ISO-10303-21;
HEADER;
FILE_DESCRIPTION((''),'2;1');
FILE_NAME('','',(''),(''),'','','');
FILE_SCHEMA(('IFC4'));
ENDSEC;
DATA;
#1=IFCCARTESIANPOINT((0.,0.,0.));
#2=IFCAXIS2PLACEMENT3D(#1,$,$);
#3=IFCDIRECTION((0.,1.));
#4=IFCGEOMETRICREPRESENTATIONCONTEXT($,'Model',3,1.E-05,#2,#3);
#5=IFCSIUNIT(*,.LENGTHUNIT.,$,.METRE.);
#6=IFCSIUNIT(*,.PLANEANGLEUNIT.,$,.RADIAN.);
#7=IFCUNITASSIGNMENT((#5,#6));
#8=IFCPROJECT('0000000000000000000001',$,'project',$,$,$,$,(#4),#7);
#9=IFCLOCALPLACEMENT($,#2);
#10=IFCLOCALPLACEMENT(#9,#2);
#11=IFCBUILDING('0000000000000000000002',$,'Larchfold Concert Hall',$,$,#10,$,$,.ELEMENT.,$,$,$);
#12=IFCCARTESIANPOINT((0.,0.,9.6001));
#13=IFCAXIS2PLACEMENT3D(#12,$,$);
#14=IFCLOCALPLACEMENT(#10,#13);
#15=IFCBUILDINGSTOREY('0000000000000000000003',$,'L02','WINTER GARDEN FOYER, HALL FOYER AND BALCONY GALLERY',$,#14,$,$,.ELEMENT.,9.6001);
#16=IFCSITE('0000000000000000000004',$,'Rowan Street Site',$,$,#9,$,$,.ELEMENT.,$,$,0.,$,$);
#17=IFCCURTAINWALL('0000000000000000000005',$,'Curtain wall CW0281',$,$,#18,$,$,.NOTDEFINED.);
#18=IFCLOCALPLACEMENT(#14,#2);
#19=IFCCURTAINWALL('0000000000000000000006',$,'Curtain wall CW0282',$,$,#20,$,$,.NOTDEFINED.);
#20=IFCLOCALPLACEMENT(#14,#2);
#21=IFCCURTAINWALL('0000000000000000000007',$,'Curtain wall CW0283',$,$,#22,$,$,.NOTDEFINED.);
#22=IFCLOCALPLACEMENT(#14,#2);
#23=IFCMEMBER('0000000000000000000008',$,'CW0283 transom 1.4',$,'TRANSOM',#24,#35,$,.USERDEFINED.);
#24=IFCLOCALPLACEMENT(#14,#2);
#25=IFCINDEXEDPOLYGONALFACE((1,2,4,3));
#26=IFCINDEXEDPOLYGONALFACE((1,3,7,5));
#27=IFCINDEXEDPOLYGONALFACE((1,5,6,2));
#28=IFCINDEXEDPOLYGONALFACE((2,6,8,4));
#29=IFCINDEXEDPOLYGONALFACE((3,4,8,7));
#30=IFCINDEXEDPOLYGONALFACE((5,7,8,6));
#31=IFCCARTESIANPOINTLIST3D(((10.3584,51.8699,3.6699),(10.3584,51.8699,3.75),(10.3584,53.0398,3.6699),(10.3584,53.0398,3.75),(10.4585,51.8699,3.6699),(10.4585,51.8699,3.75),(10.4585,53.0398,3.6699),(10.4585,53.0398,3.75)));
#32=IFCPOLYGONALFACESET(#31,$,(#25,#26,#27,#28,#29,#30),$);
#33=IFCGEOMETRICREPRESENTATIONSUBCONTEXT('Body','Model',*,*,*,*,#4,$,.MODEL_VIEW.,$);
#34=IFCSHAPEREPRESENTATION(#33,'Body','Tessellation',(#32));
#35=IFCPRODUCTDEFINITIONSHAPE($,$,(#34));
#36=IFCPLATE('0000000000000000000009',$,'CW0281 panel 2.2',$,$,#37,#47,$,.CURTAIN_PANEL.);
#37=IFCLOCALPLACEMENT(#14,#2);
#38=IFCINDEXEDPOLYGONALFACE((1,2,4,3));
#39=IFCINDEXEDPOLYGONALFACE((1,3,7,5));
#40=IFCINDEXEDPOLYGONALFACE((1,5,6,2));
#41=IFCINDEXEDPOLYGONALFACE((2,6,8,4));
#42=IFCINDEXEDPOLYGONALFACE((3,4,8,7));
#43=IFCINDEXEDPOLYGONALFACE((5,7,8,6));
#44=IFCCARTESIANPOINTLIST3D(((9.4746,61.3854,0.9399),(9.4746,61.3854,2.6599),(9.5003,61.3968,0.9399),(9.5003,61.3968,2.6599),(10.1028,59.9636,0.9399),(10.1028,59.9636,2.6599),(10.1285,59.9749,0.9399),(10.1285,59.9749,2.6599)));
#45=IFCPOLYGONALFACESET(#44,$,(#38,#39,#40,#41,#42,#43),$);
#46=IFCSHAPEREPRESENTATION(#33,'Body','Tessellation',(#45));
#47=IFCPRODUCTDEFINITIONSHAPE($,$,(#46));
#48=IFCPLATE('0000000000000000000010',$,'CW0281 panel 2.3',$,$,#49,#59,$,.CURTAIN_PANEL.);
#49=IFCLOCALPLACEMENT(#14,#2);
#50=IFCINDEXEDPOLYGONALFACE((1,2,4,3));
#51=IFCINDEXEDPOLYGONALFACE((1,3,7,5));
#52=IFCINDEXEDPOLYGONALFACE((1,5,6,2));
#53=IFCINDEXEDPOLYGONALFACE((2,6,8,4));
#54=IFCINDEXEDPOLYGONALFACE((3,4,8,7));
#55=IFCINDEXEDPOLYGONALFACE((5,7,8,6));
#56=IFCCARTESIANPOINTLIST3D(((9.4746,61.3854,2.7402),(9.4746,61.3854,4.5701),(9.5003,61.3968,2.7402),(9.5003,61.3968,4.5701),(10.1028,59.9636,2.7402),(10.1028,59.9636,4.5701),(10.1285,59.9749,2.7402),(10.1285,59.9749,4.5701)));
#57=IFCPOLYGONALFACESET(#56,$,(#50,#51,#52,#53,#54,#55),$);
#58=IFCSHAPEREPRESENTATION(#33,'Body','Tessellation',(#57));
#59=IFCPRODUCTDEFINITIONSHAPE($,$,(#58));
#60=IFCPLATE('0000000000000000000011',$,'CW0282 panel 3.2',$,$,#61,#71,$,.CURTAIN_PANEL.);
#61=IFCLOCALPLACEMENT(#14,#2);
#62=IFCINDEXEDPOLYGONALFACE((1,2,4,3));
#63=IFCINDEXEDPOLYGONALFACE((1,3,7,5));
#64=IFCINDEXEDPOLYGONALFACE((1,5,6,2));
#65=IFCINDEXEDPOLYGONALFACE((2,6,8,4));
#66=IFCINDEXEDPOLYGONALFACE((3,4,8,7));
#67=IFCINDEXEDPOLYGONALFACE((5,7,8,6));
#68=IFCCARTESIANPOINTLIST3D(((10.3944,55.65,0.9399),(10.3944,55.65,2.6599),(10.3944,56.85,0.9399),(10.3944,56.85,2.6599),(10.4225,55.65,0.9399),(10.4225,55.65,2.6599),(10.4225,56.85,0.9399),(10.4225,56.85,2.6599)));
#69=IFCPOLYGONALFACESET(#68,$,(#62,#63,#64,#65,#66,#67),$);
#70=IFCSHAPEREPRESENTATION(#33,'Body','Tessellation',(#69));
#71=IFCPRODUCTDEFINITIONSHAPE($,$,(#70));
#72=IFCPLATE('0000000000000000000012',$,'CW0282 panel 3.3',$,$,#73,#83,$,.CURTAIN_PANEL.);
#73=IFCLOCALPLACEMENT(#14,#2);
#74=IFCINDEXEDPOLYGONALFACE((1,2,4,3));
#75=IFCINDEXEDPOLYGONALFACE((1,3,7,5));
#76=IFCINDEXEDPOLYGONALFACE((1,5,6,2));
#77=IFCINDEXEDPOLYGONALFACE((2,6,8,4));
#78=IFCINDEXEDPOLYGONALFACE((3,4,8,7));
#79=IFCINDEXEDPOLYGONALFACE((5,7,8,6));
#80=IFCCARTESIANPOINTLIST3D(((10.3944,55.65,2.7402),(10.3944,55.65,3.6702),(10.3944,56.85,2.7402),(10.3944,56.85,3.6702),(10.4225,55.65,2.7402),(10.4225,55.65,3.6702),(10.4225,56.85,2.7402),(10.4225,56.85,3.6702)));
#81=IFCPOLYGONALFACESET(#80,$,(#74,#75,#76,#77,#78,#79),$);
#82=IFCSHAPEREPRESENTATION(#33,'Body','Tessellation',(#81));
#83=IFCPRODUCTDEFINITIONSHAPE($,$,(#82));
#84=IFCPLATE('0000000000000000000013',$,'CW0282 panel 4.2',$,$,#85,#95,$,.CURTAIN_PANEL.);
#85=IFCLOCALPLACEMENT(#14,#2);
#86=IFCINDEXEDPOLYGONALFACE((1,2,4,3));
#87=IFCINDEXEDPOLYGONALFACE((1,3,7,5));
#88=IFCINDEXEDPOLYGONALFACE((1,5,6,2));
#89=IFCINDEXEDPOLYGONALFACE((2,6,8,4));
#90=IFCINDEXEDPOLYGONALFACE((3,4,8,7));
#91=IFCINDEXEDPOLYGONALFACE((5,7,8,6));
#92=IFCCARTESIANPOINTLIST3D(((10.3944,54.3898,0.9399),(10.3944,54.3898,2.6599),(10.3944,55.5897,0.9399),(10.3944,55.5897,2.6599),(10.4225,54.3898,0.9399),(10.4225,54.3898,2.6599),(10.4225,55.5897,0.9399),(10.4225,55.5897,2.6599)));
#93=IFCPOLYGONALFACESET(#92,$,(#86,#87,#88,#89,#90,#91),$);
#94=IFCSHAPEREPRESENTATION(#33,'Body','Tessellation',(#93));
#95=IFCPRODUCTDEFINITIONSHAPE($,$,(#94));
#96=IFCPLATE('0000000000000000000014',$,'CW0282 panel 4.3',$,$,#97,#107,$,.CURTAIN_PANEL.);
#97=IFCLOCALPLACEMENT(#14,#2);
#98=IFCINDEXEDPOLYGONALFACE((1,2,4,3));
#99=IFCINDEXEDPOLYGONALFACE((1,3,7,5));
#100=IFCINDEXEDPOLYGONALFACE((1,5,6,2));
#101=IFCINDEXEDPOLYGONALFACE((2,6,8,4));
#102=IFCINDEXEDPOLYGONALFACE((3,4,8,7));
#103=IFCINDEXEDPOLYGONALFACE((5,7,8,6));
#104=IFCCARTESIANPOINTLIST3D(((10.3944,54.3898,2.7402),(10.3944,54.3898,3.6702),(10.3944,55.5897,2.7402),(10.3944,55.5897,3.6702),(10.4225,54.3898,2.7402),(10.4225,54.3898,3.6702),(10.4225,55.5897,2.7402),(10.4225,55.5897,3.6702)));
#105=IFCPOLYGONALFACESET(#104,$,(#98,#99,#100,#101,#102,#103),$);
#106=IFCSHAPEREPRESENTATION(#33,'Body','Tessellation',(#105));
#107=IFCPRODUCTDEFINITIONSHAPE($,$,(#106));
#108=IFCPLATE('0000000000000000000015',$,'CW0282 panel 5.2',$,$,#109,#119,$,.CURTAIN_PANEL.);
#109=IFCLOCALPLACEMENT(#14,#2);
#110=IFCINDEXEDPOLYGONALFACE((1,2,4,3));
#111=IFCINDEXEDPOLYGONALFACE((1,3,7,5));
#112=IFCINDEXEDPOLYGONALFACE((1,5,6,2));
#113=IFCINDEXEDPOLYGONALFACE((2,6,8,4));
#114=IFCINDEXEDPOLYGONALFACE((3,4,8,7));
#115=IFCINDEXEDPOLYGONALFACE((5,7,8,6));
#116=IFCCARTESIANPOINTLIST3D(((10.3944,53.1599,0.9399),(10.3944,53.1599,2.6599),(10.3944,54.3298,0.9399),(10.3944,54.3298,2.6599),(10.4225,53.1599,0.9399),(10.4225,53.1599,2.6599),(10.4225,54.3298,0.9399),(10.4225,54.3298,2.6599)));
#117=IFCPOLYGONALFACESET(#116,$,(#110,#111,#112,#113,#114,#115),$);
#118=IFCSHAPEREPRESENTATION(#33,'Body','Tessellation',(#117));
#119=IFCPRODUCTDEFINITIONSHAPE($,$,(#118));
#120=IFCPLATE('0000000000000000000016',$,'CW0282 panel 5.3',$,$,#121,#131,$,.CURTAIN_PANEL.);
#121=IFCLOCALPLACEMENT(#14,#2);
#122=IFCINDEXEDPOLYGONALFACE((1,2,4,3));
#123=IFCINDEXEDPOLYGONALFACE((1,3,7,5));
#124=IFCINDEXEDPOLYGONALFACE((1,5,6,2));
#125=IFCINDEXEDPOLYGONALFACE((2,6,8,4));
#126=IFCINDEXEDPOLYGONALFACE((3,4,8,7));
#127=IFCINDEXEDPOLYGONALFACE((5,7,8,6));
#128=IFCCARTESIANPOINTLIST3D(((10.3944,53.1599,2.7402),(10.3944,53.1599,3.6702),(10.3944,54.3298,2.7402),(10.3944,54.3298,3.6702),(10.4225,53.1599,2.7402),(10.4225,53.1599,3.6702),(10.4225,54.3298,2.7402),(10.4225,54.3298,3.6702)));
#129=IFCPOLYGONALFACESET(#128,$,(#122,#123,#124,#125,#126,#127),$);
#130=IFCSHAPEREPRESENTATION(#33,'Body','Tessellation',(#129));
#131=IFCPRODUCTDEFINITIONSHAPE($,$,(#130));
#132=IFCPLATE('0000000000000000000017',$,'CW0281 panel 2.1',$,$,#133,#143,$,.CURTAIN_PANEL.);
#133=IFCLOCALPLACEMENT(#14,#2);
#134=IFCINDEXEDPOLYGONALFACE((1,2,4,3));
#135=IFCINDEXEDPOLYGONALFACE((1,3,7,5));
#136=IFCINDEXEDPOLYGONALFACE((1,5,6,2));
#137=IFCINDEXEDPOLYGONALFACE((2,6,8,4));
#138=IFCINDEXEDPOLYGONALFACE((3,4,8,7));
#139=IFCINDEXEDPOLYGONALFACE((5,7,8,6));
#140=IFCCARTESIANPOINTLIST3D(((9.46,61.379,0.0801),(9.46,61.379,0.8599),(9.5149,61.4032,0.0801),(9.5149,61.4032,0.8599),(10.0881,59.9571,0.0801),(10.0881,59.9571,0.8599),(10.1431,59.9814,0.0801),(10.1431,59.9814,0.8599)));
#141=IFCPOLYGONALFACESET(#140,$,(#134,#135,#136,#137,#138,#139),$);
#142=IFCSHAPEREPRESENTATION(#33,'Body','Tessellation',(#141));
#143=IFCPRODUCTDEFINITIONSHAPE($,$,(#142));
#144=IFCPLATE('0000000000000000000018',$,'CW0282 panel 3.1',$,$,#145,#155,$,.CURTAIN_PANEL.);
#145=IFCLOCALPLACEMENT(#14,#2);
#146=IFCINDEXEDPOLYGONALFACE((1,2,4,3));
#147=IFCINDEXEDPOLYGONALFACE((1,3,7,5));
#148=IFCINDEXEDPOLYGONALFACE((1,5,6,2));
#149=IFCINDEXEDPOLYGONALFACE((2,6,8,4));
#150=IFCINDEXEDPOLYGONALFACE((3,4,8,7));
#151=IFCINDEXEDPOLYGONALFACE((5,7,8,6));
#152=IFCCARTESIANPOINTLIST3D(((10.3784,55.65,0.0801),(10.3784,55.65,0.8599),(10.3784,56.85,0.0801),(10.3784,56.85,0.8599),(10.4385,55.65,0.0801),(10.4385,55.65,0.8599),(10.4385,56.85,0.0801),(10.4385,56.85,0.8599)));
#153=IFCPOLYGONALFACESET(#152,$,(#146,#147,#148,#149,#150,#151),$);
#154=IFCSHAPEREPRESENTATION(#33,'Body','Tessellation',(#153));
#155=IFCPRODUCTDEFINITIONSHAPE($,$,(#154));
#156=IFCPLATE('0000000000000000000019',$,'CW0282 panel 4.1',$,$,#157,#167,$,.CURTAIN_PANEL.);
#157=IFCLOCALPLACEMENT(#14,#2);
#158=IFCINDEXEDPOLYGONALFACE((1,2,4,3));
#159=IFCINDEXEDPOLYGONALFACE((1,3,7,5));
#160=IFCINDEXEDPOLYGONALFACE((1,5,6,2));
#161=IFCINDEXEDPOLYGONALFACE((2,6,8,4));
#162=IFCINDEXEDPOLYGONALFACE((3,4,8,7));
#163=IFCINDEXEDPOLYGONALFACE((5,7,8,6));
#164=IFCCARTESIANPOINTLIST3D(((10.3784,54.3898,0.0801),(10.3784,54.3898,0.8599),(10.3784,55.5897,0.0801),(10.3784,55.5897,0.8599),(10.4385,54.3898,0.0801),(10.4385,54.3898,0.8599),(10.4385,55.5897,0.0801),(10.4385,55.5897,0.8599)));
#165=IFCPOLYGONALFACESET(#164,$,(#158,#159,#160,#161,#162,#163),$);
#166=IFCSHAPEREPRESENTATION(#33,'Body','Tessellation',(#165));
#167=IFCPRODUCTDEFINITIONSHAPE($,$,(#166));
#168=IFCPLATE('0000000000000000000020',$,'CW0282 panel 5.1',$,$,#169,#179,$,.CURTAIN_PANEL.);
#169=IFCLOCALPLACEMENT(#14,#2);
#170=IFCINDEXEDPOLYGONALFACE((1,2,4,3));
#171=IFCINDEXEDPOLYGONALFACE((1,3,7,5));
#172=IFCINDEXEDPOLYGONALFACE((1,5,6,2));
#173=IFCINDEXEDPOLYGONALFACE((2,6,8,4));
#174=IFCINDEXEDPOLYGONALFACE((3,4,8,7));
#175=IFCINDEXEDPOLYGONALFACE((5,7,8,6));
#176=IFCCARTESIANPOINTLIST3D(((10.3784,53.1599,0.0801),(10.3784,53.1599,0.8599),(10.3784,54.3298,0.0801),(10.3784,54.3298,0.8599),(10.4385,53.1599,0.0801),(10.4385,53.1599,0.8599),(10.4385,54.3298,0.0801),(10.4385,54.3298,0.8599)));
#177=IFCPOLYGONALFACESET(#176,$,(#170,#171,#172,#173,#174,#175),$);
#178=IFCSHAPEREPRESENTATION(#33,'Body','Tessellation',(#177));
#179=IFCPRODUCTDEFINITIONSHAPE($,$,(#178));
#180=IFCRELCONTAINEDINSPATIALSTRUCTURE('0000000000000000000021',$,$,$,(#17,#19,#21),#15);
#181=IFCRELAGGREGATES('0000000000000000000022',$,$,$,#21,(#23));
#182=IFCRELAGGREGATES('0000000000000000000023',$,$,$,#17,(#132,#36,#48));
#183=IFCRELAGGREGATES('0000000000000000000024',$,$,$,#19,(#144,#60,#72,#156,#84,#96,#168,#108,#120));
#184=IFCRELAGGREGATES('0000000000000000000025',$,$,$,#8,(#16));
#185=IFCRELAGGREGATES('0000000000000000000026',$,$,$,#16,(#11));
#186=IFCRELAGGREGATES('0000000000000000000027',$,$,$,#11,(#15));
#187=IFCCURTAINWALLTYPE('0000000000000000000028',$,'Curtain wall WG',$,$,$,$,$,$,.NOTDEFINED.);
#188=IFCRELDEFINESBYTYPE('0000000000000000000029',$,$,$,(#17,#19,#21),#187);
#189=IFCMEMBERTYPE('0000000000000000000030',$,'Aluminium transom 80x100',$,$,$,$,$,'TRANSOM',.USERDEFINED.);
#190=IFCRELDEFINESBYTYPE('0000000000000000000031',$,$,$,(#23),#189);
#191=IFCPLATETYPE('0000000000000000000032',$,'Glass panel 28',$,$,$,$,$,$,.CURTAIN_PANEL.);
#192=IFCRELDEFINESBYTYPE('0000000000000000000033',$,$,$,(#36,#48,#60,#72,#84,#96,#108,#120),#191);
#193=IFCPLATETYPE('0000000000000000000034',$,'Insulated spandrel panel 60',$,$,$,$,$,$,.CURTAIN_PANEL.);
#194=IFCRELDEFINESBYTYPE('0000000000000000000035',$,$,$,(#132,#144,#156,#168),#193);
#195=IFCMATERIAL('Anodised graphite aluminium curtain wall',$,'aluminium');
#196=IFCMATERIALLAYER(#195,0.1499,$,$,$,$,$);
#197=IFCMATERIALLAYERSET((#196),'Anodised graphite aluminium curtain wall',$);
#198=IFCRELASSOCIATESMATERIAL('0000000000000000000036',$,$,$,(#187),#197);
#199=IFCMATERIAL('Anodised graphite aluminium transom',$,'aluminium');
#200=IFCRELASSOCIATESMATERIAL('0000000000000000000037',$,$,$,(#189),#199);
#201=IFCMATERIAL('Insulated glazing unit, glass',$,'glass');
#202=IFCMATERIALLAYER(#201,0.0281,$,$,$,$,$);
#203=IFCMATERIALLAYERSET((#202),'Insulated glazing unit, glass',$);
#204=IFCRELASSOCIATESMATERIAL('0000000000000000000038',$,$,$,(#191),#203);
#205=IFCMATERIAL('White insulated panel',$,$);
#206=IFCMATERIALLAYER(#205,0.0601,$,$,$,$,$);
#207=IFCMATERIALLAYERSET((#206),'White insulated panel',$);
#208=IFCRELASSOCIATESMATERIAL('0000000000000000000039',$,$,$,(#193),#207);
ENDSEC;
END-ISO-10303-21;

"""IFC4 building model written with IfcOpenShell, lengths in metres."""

from ifc_helpers import new_model, si_unit, direction, frame, origin, origin_2d, place, context, subcontext, project, spatial, rectangle, extrude, material, layer, layer_set, material_profile, profile_set, type_object, element, aggregate, save


model = new_model("IFC4")

# Units and contexts
model_context = context("Model", 3, precision=1e-05, world=origin(), true_north=direction((0.0, 1.0)))
body_context = subcontext(model_context, "Body", "Model", "MODEL_VIEW")
ifc_project = project(units=[si_unit("LENGTHUNIT", "METRE"), si_unit("PLANEANGLEUNIT", "RADIAN")], contexts=[model_context])

# Site, building, storey
site_placement = place(None, origin())
site = spatial("IfcSite", under=ifc_project, at=site_placement, Name="Rowan Street Site", CompositionType="ELEMENT", RefElevation=0.0)
building_placement = place(site_placement, origin())
building = spatial("IfcBuilding", under=site, at=building_placement, Name="Larchfold Concert Hall", CompositionType="ELEMENT")
storey_placement = place(building_placement, frame((0.0, 0.0, 9.6001)))
storey = spatial("IfcBuildingStorey", under=building, at=storey_placement, Name="L02", Description="WINTER GARDEN FOYER, HALL FOYER AND BALCONY GALLERY", CompositionType="ELEMENT", Elevation=9.6001)

# Curtain wall
ifc_material_1 = material(Name="Anodised graphite aluminium curtain wall", Category="aluminium")
ifc_layer_1 = layer(ifc_material_1, 0.1499)
ifc_layer_set_1 = layer_set([ifc_layer_1], Name="Anodised graphite aluminium curtain wall")
curtain_wall_type = type_object("IfcCurtainWallType", Name="Curtain wall WG", PredefinedType="NOTDEFINED", material=ifc_layer_set_1)
curtain_wall_1_placement = place(storey_placement, origin())
curtain_wall_1 = element("IfcCurtainWall", 1, at=curtain_wall_1_placement, inside=storey, type_object=curtain_wall_type, Name="Curtain wall CW0281", PredefinedType="NOTDEFINED")

# Curtain wall
curtain_wall_2_placement = place(storey_placement, origin())
curtain_wall_2 = element("IfcCurtainWall", 2, at=curtain_wall_2_placement, inside=storey, type_object=curtain_wall_type, Name="Curtain wall CW0282", PredefinedType="NOTDEFINED")

# Curtain wall
curtain_wall_3_placement = place(storey_placement, origin())
curtain_wall_3 = element("IfcCurtainWall", 3, at=curtain_wall_3_placement, inside=storey, type_object=curtain_wall_type, Name="Curtain wall CW0283", PredefinedType="NOTDEFINED")

# Member
ifc_material_2 = material(Name="Anodised graphite aluminium transom", Category="aluminium")
ifc_material_profile_1 = material_profile(ifc_material_2, rectangle(XDim=0.1001, YDim=0.0801, at=origin_2d()))
ifc_profile_set_1 = profile_set([ifc_material_profile_1], Name="Anodised graphite aluminium transom")
member_type_1 = type_object("IfcMemberType", Name="Aluminium transom 80x100", ElementType="TRANSOM", PredefinedType="USERDEFINED", material=ifc_profile_set_1)
member_1_placement = place(storey_placement, frame((10.4084, 53.0398, 3.71), z_axis=(0.0, -1.0, 0.0), x_axis=(1.0, 0.0, 0.0)))
member_1 = element("IfcMember", 4, at=member_1_placement, type_object=member_type_1, Name="CW0283 transom 1.4", ObjectType="TRANSOM", PredefinedType="USERDEFINED", context=body_context, shape_type="SweptSolid", body=[
    extrude(rectangle(XDim=0.1001, YDim=0.0801, at=origin_2d()), origin(), (0.0, 0.0, 1.0), 1.1699),
])
aggregate(curtain_wall_3, [member_1])

# Plates
ifc_material_3 = material(Name="Insulated glazing unit, glass", Category="glass")
ifc_layer_2 = layer(ifc_material_3, 0.0281)
ifc_layer_set_2 = layer_set([ifc_layer_2], Name="Insulated glazing unit, glass")
plate_type_1 = type_object("IfcPlateType", Name="Glass panel 28", PredefinedType="CURTAIN_PANEL", material=ifc_layer_set_2)
plate_1_placement = place(storey_placement, frame((9.8015, 60.6802, 0.9399), z_axis=(0.0, 0.0, 1.0), x_axis=(0.404126, -0.914703, 0.0)))
plate_1 = element("IfcPlate", 5, at=plate_1_placement, type_object=plate_type_1, Name="CW0281 panel 2.2", PredefinedType="CURTAIN_PANEL", context=body_context, shape_type="SweptSolid", body=[
    extrude(rectangle(XDim=1.5544, YDim=0.0281, at=origin_2d()), origin(), (0.0, 0.0, 1.0), 1.72),
])
plate_2_placement = place(storey_placement, frame((9.8015, 60.6802, 2.7402), z_axis=(0.0, 0.0, 1.0), x_axis=(0.404126, -0.914703, 0.0)))
plate_2 = element("IfcPlate", 6, at=plate_2_placement, type_object=plate_type_1, Name="CW0281 panel 2.3", PredefinedType="CURTAIN_PANEL", context=body_context, shape_type="SweptSolid", body=[
    extrude(rectangle(XDim=1.5544, YDim=0.0281, at=origin_2d()), origin(), (0.0, 0.0, 1.0), 1.8298),
])
plate_3_placement = place(storey_placement, frame((10.4084, 56.25, 0.9399), z_axis=(0.0, 0.0, 1.0), x_axis=(0.0, -1.0, 0.0)))
plate_3 = element("IfcPlate", 7, at=plate_3_placement, type_object=plate_type_1, Name="CW0282 panel 3.2", PredefinedType="CURTAIN_PANEL", context=body_context, shape_type="SweptSolid", body=[
    extrude(rectangle(XDim=1.2, YDim=0.0281, at=origin_2d()), origin(), (0.0, 0.0, 1.0), 1.72),
])
plate_4_placement = place(storey_placement, frame((10.4084, 56.25, 2.7402), z_axis=(0.0, 0.0, 1.0), x_axis=(0.0, -1.0, 0.0)))
plate_4 = element("IfcPlate", 8, at=plate_4_placement, type_object=plate_type_1, Name="CW0282 panel 3.3", PredefinedType="CURTAIN_PANEL", context=body_context, shape_type="SweptSolid", body=[
    extrude(rectangle(XDim=1.2, YDim=0.0281, at=origin_2d()), origin(), (0.0, 0.0, 1.0), 0.9299),
])
plate_5_placement = place(storey_placement, frame((10.4084, 54.9897, 0.9399), z_axis=(0.0, 0.0, 1.0), x_axis=(0.0, -1.0, 0.0)))
plate_5 = element("IfcPlate", 9, at=plate_5_placement, type_object=plate_type_1, Name="CW0282 panel 4.2", PredefinedType="CURTAIN_PANEL", context=body_context, shape_type="SweptSolid", body=[
    extrude(rectangle(XDim=1.2, YDim=0.0281, at=origin_2d()), origin(), (0.0, 0.0, 1.0), 1.72),
])
plate_6_placement = place(storey_placement, frame((10.4084, 54.9897, 2.7402), z_axis=(0.0, 0.0, 1.0), x_axis=(0.0, -1.0, 0.0)))
plate_6 = element("IfcPlate", 10, at=plate_6_placement, type_object=plate_type_1, Name="CW0282 panel 4.3", PredefinedType="CURTAIN_PANEL", context=body_context, shape_type="SweptSolid", body=[
    extrude(rectangle(XDim=1.2, YDim=0.0281, at=origin_2d()), origin(), (0.0, 0.0, 1.0), 0.9299),
])
plate_7_placement = place(storey_placement, frame((10.4084, 53.7449, 0.9399), z_axis=(0.0, 0.0, 1.0), x_axis=(0.0, -1.0, 0.0)))
plate_7 = element("IfcPlate", 11, at=plate_7_placement, type_object=plate_type_1, Name="CW0282 panel 5.2", PredefinedType="CURTAIN_PANEL", context=body_context, shape_type="SweptSolid", body=[
    extrude(rectangle(XDim=1.1699, YDim=0.0281, at=origin_2d()), origin(), (0.0, 0.0, 1.0), 1.72),
])
plate_8_placement = place(storey_placement, frame((10.4084, 53.7449, 2.7402), z_axis=(0.0, 0.0, 1.0), x_axis=(0.0, -1.0, 0.0)))
plate_8 = element("IfcPlate", 12, at=plate_8_placement, type_object=plate_type_1, Name="CW0282 panel 5.3", PredefinedType="CURTAIN_PANEL", context=body_context, shape_type="SweptSolid", body=[
    extrude(rectangle(XDim=1.1699, YDim=0.0281, at=origin_2d()), origin(), (0.0, 0.0, 1.0), 0.9299),
])
ifc_material_4 = material(Name="White insulated panel")
ifc_layer_3 = layer(ifc_material_4, 0.0601)
ifc_layer_set_3 = layer_set([ifc_layer_3], Name="White insulated panel")
plate_type_2 = type_object("IfcPlateType", Name="Insulated spandrel panel 60", PredefinedType="CURTAIN_PANEL", material=ifc_layer_set_3)
plate_9_placement = place(storey_placement, frame((9.8015, 60.6802, 0.0801), z_axis=(0.0, 0.0, 1.0), x_axis=(0.404126, -0.914703, 0.0)))
plate_9 = element("IfcPlate", 13, at=plate_9_placement, type_object=plate_type_2, Name="CW0281 panel 2.1", PredefinedType="CURTAIN_PANEL", context=body_context, shape_type="SweptSolid", body=[
    extrude(rectangle(XDim=1.5544, YDim=0.0601, at=origin_2d()), origin(), (0.0, 0.0, 1.0), 0.7798),
])
aggregate(curtain_wall_1, [plate_9, plate_1, plate_2])
plate_10_placement = place(storey_placement, frame((10.4084, 56.25, 0.0801), z_axis=(0.0, 0.0, 1.0), x_axis=(0.0, -1.0, 0.0)))
plate_10 = element("IfcPlate", 14, at=plate_10_placement, type_object=plate_type_2, Name="CW0282 panel 3.1", PredefinedType="CURTAIN_PANEL", context=body_context, shape_type="SweptSolid", body=[
    extrude(rectangle(XDim=1.2, YDim=0.0601, at=origin_2d()), origin(), (0.0, 0.0, 1.0), 0.7798),
])
plate_11_placement = place(storey_placement, frame((10.4084, 54.9897, 0.0801), z_axis=(0.0, 0.0, 1.0), x_axis=(0.0, -1.0, 0.0)))
plate_11 = element("IfcPlate", 15, at=plate_11_placement, type_object=plate_type_2, Name="CW0282 panel 4.1", PredefinedType="CURTAIN_PANEL", context=body_context, shape_type="SweptSolid", body=[
    extrude(rectangle(XDim=1.2, YDim=0.0601, at=origin_2d()), origin(), (0.0, 0.0, 1.0), 0.7798),
])
plate_12_placement = place(storey_placement, frame((10.4084, 53.7449, 0.0801), z_axis=(0.0, 0.0, 1.0), x_axis=(0.0, -1.0, 0.0)))
plate_12 = element("IfcPlate", 16, at=plate_12_placement, type_object=plate_type_2, Name="CW0282 panel 5.1", PredefinedType="CURTAIN_PANEL", context=body_context, shape_type="SweptSolid", body=[
    extrude(rectangle(XDim=1.1699, YDim=0.0601, at=origin_2d()), origin(), (0.0, 0.0, 1.0), 0.7798),
])
aggregate(curtain_wall_2, [plate_10, plate_3, plate_4, plate_11, plate_5, plate_6, plate_12, plate_7, plate_8])

save(model, "model.ifc")
